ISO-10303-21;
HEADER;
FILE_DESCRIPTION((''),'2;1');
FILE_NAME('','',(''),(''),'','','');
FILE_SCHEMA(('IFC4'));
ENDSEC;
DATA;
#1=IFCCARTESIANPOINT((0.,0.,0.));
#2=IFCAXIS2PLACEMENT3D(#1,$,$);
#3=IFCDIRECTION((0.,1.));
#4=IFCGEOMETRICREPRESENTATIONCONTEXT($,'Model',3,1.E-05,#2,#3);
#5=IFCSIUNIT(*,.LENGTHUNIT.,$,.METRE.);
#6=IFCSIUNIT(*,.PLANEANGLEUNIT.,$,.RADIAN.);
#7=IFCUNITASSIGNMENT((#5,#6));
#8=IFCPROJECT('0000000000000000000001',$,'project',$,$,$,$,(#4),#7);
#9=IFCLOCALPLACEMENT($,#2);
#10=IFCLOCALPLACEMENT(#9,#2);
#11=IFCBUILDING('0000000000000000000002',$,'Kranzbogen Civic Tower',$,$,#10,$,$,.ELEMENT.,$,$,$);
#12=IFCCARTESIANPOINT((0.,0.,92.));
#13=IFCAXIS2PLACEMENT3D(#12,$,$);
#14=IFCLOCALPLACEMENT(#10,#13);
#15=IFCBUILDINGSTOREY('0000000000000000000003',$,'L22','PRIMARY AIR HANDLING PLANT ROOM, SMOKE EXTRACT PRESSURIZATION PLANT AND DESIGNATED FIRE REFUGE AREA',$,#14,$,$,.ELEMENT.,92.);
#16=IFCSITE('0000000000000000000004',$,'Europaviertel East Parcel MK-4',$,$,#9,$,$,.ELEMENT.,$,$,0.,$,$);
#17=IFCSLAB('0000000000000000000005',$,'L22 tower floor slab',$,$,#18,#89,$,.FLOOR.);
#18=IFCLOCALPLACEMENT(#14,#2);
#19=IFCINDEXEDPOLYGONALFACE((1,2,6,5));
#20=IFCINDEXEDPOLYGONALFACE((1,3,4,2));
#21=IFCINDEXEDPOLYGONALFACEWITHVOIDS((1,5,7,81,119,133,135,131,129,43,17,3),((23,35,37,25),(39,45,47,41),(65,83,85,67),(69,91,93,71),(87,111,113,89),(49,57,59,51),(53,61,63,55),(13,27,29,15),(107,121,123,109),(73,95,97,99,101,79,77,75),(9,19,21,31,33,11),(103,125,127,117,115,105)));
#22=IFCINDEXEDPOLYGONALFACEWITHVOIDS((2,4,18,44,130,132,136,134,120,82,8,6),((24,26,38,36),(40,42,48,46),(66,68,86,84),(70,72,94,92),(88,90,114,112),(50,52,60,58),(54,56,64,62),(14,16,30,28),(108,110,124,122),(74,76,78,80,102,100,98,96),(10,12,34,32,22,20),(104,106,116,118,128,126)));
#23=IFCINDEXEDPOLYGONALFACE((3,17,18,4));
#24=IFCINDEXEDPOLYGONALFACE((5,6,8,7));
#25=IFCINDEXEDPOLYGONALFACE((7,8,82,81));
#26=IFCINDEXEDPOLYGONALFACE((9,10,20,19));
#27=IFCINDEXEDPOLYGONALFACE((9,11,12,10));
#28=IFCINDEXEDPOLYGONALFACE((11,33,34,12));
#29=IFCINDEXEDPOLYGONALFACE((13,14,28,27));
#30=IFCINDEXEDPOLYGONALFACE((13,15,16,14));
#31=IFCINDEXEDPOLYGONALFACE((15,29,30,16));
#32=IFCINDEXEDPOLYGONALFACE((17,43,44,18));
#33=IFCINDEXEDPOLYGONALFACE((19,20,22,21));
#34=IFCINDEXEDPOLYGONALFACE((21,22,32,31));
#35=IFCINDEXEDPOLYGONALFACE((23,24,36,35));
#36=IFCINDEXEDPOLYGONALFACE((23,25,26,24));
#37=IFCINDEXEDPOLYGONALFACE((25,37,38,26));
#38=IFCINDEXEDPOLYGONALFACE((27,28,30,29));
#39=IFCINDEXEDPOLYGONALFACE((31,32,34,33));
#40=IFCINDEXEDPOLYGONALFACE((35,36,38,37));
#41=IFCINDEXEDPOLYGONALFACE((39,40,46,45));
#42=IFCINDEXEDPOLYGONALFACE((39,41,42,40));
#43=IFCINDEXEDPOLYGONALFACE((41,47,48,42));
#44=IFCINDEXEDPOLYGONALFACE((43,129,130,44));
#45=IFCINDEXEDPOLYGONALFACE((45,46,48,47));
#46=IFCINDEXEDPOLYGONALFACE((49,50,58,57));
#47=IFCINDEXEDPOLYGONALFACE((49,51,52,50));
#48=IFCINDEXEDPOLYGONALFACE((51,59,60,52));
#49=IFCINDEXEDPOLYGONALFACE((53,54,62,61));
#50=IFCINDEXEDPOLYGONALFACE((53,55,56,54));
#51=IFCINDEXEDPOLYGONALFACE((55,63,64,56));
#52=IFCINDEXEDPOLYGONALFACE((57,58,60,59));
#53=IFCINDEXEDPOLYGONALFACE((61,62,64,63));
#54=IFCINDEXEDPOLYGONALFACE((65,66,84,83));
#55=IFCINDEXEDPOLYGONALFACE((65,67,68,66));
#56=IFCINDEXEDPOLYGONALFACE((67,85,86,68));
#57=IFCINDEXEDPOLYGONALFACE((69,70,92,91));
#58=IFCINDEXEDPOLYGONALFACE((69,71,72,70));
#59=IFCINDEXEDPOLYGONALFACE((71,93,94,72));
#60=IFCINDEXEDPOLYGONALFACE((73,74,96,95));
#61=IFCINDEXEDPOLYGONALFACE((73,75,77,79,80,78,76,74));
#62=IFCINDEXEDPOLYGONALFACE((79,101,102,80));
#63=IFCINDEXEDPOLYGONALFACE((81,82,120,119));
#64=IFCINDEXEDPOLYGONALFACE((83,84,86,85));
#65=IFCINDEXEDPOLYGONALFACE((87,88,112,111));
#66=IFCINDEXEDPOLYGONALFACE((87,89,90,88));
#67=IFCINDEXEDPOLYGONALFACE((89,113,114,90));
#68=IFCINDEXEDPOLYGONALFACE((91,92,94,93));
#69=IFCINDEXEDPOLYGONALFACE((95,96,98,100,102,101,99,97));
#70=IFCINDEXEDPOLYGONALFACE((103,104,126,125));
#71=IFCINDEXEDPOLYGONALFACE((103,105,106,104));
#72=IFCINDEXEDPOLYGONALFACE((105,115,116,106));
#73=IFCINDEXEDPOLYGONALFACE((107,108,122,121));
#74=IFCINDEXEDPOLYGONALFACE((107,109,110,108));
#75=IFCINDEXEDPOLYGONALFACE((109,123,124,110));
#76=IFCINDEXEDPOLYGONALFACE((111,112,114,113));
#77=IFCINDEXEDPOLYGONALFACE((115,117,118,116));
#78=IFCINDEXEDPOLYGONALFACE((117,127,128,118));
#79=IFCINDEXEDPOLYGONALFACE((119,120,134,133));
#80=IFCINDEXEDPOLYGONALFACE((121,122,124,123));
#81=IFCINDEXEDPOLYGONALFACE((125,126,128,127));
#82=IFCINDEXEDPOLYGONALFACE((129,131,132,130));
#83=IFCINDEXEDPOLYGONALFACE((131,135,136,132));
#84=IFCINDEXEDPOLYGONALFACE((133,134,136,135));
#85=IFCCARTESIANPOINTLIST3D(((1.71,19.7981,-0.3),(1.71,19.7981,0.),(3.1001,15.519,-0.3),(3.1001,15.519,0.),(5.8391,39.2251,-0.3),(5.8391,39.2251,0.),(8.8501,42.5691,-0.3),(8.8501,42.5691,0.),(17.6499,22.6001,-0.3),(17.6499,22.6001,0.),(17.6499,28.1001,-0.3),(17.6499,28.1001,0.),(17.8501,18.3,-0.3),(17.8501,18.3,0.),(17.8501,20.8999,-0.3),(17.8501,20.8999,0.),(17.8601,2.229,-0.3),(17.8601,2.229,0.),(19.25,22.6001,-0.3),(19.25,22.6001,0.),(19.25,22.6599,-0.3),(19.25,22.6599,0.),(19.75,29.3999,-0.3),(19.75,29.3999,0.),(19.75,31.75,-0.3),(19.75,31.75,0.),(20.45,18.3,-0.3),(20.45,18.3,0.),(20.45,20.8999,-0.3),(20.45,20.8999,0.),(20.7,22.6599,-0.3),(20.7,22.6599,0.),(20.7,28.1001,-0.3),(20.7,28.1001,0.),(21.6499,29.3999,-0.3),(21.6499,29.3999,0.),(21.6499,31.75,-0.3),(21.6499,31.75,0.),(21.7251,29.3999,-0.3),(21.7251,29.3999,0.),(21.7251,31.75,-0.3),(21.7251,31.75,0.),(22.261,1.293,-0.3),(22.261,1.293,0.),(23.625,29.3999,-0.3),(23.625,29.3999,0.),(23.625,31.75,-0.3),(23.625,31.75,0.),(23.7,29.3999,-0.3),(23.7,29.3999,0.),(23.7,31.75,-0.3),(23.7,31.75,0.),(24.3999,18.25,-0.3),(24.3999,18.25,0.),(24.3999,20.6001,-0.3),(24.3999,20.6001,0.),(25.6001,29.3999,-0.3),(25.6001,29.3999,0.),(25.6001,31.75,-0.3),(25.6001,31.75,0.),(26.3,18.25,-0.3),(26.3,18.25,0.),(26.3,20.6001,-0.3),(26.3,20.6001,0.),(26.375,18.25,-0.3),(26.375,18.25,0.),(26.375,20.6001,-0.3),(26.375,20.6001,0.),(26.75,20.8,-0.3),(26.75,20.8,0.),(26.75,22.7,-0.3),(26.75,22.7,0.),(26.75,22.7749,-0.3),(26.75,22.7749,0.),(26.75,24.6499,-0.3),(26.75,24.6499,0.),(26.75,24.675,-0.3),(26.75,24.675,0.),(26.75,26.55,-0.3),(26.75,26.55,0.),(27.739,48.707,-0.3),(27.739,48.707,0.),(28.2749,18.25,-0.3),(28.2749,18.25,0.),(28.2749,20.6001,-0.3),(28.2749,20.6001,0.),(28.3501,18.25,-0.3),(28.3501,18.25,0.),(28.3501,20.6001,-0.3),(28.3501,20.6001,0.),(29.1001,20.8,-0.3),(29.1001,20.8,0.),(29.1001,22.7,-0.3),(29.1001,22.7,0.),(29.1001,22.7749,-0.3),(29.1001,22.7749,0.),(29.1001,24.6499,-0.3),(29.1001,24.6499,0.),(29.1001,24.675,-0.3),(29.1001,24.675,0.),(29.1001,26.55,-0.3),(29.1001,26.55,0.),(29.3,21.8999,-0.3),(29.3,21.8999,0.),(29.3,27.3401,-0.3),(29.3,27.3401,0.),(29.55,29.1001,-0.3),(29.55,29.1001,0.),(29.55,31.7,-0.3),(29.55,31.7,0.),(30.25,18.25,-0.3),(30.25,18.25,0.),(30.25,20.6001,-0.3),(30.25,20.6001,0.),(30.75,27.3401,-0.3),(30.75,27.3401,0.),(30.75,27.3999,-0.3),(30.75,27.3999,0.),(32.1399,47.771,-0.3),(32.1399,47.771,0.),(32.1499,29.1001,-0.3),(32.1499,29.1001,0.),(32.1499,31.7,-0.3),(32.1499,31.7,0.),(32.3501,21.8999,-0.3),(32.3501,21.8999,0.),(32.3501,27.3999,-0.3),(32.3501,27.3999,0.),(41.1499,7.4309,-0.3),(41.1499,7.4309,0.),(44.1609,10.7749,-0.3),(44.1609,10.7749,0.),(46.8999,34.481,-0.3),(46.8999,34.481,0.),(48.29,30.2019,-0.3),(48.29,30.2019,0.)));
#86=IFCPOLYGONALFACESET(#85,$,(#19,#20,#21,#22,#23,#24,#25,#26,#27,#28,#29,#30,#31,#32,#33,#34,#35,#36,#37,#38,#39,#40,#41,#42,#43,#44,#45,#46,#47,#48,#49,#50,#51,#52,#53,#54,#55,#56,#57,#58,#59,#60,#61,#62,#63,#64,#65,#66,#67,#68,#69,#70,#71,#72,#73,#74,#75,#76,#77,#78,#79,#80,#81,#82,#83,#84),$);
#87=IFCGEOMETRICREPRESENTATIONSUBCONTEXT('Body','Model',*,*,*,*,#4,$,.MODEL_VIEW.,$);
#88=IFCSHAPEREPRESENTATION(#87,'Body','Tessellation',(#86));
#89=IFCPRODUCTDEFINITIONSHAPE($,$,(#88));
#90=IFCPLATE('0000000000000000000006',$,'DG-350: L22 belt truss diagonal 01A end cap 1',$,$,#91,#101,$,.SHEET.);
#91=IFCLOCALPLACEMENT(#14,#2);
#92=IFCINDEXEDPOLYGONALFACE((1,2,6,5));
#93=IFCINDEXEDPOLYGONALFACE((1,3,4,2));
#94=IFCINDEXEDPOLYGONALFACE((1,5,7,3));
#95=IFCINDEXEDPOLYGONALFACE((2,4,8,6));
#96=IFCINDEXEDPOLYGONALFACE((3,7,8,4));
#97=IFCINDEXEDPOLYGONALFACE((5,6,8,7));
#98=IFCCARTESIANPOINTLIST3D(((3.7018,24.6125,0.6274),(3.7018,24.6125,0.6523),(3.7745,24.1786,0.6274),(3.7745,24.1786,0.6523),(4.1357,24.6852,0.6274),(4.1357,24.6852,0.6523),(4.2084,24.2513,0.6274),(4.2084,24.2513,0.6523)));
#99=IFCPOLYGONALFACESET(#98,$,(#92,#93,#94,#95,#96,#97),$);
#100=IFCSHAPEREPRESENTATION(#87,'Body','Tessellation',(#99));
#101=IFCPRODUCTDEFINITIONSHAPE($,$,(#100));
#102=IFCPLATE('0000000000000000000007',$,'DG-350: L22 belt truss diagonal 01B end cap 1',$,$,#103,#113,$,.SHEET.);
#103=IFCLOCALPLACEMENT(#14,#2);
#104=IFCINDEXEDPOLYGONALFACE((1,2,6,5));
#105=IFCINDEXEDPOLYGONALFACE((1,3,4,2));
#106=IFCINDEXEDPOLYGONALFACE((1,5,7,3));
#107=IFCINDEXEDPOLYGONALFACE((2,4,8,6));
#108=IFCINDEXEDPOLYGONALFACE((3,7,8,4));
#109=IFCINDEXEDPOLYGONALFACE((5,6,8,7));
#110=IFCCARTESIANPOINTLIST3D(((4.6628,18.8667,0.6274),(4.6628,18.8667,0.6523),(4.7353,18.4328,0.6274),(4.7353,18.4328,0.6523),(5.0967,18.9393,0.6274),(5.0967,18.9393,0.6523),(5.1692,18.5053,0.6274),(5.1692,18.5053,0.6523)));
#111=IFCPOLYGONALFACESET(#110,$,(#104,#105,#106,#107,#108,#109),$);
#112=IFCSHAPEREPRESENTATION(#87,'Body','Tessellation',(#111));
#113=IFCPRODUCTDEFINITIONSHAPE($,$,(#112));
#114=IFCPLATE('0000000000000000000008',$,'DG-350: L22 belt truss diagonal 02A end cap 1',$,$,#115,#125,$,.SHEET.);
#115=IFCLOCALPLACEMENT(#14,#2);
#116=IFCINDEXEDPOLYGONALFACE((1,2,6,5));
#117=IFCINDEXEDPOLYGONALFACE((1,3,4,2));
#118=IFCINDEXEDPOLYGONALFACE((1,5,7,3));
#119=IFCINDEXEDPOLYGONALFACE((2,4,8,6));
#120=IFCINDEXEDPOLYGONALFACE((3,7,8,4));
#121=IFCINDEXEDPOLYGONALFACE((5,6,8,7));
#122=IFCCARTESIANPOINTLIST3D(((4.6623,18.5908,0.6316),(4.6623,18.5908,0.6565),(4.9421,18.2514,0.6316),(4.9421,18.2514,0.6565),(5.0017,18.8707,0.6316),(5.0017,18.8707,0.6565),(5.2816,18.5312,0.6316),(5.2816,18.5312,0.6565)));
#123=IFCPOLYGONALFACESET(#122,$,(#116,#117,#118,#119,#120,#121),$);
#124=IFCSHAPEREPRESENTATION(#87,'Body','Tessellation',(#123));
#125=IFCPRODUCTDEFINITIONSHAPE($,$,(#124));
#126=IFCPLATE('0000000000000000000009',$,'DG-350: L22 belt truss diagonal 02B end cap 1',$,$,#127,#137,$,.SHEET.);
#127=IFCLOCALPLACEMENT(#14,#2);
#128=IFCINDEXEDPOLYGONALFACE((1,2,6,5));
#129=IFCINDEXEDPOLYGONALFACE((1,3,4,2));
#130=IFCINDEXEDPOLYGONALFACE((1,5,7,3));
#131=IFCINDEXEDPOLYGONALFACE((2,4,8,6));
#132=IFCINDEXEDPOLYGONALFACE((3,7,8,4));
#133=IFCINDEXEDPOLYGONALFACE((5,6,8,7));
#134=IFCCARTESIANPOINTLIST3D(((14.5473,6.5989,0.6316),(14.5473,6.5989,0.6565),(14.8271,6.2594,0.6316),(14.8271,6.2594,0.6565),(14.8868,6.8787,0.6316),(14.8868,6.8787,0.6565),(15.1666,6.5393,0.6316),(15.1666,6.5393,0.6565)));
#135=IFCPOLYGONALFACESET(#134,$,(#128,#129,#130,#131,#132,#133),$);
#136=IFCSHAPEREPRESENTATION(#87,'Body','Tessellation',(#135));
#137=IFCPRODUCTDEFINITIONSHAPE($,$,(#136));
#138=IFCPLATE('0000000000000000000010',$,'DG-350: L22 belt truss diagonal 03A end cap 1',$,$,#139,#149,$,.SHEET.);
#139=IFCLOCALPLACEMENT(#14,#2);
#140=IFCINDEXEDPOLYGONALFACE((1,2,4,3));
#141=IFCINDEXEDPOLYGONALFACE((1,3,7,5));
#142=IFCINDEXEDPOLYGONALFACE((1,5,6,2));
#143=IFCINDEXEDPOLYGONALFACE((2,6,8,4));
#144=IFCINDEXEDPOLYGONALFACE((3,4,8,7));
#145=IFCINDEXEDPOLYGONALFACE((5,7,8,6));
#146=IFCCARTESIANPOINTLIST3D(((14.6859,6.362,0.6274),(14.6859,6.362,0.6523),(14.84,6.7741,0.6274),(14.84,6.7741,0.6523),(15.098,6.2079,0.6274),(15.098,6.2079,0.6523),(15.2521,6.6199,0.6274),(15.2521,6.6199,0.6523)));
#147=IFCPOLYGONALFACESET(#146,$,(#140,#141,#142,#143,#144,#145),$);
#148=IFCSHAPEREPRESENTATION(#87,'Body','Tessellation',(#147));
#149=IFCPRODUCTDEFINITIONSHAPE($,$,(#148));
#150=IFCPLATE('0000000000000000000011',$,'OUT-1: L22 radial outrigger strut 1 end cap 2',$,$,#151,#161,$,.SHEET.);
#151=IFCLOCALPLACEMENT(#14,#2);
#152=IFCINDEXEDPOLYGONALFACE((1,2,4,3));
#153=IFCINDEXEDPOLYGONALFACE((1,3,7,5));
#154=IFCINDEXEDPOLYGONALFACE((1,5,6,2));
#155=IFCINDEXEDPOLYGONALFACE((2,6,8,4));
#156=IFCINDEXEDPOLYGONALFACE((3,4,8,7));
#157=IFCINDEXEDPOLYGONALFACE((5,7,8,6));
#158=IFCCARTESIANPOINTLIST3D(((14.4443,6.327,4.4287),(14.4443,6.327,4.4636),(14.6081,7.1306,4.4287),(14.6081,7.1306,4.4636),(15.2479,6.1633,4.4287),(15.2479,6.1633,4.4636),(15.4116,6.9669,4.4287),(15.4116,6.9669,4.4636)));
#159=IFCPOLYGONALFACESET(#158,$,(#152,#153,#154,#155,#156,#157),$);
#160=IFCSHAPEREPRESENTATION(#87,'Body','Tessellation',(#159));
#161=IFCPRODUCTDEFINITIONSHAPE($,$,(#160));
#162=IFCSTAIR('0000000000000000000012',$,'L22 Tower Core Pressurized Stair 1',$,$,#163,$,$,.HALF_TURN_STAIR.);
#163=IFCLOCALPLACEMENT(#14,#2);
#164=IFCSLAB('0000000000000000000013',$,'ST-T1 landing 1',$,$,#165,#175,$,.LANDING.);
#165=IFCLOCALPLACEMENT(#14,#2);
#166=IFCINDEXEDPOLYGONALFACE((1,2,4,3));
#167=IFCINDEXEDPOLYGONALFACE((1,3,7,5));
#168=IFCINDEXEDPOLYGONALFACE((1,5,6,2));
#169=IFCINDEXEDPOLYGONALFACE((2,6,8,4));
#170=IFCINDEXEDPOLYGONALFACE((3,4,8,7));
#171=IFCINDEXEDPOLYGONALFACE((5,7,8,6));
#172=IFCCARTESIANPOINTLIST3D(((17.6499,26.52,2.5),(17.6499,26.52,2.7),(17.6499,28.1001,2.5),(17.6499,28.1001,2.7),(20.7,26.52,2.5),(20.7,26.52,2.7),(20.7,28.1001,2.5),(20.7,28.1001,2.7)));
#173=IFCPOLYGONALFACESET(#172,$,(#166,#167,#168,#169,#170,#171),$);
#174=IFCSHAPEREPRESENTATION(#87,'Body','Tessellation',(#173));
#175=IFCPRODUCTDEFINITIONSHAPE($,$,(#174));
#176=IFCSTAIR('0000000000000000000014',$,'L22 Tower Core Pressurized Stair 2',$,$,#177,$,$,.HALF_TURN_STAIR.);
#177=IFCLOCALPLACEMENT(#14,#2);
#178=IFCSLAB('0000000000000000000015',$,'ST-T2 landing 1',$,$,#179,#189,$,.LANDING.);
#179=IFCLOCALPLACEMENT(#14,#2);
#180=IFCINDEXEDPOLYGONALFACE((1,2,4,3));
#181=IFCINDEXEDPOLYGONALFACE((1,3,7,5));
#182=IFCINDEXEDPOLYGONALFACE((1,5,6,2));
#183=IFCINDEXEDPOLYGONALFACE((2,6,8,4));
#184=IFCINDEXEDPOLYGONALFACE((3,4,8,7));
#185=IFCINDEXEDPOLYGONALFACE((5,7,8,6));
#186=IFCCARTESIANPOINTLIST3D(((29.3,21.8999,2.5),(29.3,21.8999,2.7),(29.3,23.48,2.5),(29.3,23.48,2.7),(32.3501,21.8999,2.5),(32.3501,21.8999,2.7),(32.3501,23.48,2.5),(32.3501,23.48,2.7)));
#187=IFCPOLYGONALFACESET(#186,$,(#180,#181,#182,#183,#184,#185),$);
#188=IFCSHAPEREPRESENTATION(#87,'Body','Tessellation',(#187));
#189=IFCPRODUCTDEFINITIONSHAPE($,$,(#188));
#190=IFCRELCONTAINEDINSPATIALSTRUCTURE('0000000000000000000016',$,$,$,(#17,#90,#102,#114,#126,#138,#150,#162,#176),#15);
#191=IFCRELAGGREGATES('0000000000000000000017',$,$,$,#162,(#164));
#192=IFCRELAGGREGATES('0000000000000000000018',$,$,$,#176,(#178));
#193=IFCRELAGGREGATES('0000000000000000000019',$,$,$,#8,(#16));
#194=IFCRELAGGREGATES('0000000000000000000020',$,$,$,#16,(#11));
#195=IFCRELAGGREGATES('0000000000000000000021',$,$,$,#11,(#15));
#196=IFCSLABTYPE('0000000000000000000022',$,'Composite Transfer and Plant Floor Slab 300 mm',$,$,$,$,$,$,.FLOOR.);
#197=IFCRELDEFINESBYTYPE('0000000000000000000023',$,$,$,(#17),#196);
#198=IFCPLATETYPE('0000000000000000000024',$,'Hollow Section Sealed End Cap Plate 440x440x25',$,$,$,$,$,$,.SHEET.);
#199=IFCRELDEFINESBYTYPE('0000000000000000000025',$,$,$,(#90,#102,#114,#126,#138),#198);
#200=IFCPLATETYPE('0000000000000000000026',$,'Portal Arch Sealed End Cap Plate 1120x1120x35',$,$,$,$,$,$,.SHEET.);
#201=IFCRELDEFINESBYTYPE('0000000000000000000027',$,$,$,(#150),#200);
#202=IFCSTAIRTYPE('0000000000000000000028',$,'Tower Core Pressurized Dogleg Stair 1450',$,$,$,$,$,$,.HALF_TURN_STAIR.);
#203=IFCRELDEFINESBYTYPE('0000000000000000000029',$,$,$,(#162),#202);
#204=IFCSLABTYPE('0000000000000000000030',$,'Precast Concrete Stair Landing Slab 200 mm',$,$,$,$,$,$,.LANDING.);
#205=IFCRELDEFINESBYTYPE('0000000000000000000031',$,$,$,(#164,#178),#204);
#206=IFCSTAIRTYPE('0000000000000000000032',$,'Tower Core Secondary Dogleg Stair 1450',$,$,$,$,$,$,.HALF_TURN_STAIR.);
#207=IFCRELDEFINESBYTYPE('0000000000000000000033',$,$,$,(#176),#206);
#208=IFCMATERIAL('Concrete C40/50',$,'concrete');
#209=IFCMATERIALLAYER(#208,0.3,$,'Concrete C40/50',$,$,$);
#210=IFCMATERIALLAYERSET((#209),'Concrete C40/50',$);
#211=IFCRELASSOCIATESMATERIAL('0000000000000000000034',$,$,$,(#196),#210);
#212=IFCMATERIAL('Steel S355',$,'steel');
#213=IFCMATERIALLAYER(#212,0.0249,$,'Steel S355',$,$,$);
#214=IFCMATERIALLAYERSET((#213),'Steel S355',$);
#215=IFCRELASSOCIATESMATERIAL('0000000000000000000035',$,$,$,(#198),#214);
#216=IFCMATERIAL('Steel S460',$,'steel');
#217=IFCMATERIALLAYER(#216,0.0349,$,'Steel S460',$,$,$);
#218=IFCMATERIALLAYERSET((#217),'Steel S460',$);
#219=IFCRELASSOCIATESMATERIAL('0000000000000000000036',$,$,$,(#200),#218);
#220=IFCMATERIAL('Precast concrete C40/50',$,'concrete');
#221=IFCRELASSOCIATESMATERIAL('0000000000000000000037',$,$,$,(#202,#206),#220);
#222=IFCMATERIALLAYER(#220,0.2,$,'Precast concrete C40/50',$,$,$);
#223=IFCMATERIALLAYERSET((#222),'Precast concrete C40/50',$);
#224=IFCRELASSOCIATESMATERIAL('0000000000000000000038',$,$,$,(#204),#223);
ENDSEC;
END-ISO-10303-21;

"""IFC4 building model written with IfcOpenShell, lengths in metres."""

from ifc_helpers import new_model, si_unit, direction, frame, origin, origin_2d, place, context, subcontext, project, spatial, polyline, rectangle, outline, extrude, material, layer, layer_set, type_object, element, aggregate, save


model = new_model("IFC4")

# Units and contexts
model_context = context("Model", 3, precision=1e-05, world=origin(), true_north=direction((0.0, 1.0)))
body_context = subcontext(model_context, "Body", "Model", "MODEL_VIEW")
ifc_project = project(units=[si_unit("LENGTHUNIT", "METRE"), si_unit("PLANEANGLEUNIT", "RADIAN")], contexts=[model_context])

# Site, building, storey
site_placement = place(None, origin())
site = spatial("IfcSite", under=ifc_project, at=site_placement, Name="Europaviertel East Parcel MK-4", CompositionType="ELEMENT", RefElevation=0.0)
building_placement = place(site_placement, origin())
building = spatial("IfcBuilding", under=site, at=building_placement, Name="Kranzbogen Civic Tower", CompositionType="ELEMENT")
storey_placement = place(building_placement, frame((0.0, 0.0, 92.0)))
storey = spatial("IfcBuildingStorey", under=building, at=storey_placement, Name="L22", Description="PRIMARY AIR HANDLING PLANT ROOM, SMOKE EXTRACT PRESSURIZATION PLANT AND DESIGNATED FIRE REFUGE AREA", CompositionType="ELEMENT", Elevation=92.0)

# Shared definitions
ifc_material_1 = material(Name="Steel S355", Category="steel")

# Shared definitions
ifc_material_2 = material(Name="Steel S460", Category="steel")

# Slab
ifc_material_3 = material(Name="Concrete C40/50", Category="concrete")
ifc_layer_1 = layer(ifc_material_3, 0.3, Name="Concrete C40/50")
ifc_layer_set_1 = layer_set([ifc_layer_1], Name="Concrete C40/50")
slab_type_1 = type_object("IfcSlabType", Name="Composite Transfer and Plant Floor Slab 300 mm", PredefinedType="FLOOR", material=ifc_layer_set_1)
slab_1_placement = place(storey_placement, frame((0.0, 0.0, -0.3)))
element("IfcSlab", 1, at=slab_1_placement, inside=storey, type_object=slab_type_1, Name="L22 tower floor slab", PredefinedType="FLOOR", context=body_context, shape_type="SweptSolid", body=[
    extrude(outline(polyline([(46.8999, 34.481), (32.1399, 47.771), (27.739, 48.707), (8.8501, 42.5691), (5.8391, 39.2251), (1.71, 19.7981), (3.1001, 15.519), (17.8601, 2.229), (22.261, 1.293), (41.1499, 7.4309), (44.1609, 10.7749), (48.29, 30.2019), (46.8999, 34.481)]), holes=[polyline([(26.3, 20.6001), (26.3, 18.25), (24.3999, 18.25), (24.3999, 20.6001), (26.3, 20.6001)]), polyline([(28.2749, 18.25), (26.375, 18.25), (26.375, 20.6001), (28.2749, 20.6001), (28.2749, 18.25)]), polyline([(20.45, 18.3), (17.8501, 18.3), (17.8501, 20.8999), (20.45, 20.8999), (20.45, 18.3)]), polyline([(20.7, 22.6599), (19.25, 22.6599), (19.25, 22.6001), (17.6499, 22.6001), (17.6499, 28.1001), (20.7, 28.1001), (20.7, 22.6599)]), polyline([(21.6499, 29.3999), (19.75, 29.3999), (19.75, 31.75), (21.6499, 31.75), (21.6499, 29.3999)]), polyline([(23.625, 29.3999), (21.7251, 29.3999), (21.7251, 31.75), (23.625, 31.75), (23.625, 29.3999)]), polyline([(25.6001, 31.75), (25.6001, 29.3999), (23.7, 29.3999), (23.7, 31.75), (25.6001, 31.75)]), polyline([(30.25, 18.25), (28.3501, 18.25), (28.3501, 20.6001), (30.25, 20.6001), (30.25, 18.25)]), polyline([(29.1001, 20.8), (26.75, 20.8), (26.75, 22.7), (29.1001, 22.7), (29.1001, 20.8)]), polyline([(26.75, 26.55), (29.1001, 26.55), (29.1001, 24.675), (29.1001, 24.6499), (29.1001, 22.7749), (26.75, 22.7749), (26.75, 24.6499), (26.75, 24.675), (26.75, 26.55)]), polyline([(30.75, 27.3401), (30.75, 27.3999), (32.3501, 27.3999), (32.3501, 21.8999), (29.3, 21.8999), (29.3, 27.3401), (30.75, 27.3401)]), polyline([(32.1499, 29.1001), (29.55, 29.1001), (29.55, 31.7), (32.1499, 31.7), (32.1499, 29.1001)])]), origin(), (0.0, 0.0, 1.0), 0.3),
])

# Plates
ifc_layer_2 = layer(ifc_material_1, 0.0249, Name="Steel S355")
ifc_layer_set_2 = layer_set([ifc_layer_2], Name="Steel S355")
plate_type_1 = type_object("IfcPlateType", Name="Hollow Section Sealed End Cap Plate 440x440x25", PredefinedType="SHEET", material=ifc_layer_set_2)
for number, where, z_axis, x_axis, name in (
    (2, (3.9551, 24.4319, 0.6274), (0.0, 0.0, 1.0), (0.165185, -0.986263, 0.0), "DG-350: L22 belt truss diagonal 01A end cap 1"),
    (3, (4.916, 18.686, 0.6274), (0.0, 0.0, 1.0), (-0.164841, 0.98632, 0.0), "DG-350: L22 belt truss diagonal 01B end cap 1"),
    (4, (4.9719, 18.561, 0.6316), (0.0, 0.0, 1.0), (0.636132, -0.77158, 0.0), "DG-350: L22 belt truss diagonal 02A end cap 1"),
    (5, (14.8569, 6.5691, 0.6316), (0.0, 0.0, 1.0), (-0.636051, 0.771647, 0.0), "DG-350: L22 belt truss diagonal 02B end cap 1"),
    (6, (14.969, 6.491, 0.6274), (0.0, 0.0, 1.0), (0.936642, -0.350289, 0.0), "DG-350: L22 belt truss diagonal 03A end cap 1"),
):
    element("IfcPlate", number, at=place(storey_placement, frame(where, z_axis=z_axis, x_axis=x_axis)), inside=storey, type_object=plate_type_1, Name=name, PredefinedType="SHEET", context=body_context, shape_type="SweptSolid", body=[
        extrude(rectangle(XDim=0.4399, YDim=0.4399, at=origin_2d()), origin(), (0.0, 0.0, 1.0), 0.0249),
    ])
ifc_layer_3 = layer(ifc_material_2, 0.0349, Name="Steel S460")
ifc_layer_set_3 = layer_set([ifc_layer_3], Name="Steel S460")
plate_type_2 = type_object("IfcPlateType", Name="Portal Arch Sealed End Cap Plate 1120x1120x35", PredefinedType="SHEET", material=ifc_layer_set_3)
plate_placement = place(storey_placement, frame((14.928, 6.647, 4.4287), z_axis=(0.0, 0.0, 1.0), x_axis=(-0.199624, -0.979872, 0.0)))
element("IfcPlate", 7, at=plate_placement, inside=storey, type_object=plate_type_2, Name="OUT-1: L22 radial outrigger strut 1 end cap 2", PredefinedType="SHEET", context=body_context, shape_type="SweptSolid", body=[
    extrude(rectangle(XDim=0.8201, YDim=0.8201, at=origin_2d()), origin(), (0.0, 0.0, 1.0), 0.0349),
])

# Stairs, slabs
ifc_material_4 = material(Name="Precast concrete C40/50", Category="concrete")
stair_type_1 = type_object("IfcStairType", Name="Tower Core Pressurized Dogleg Stair 1450", PredefinedType="HALF_TURN_STAIR", material=ifc_material_4)
stair_1_placement = place(storey_placement, origin())
stair_1 = element("IfcStair", 8, at=stair_1_placement, inside=storey, type_object=stair_type_1, Name="L22 Tower Core Pressurized Stair 1", PredefinedType="HALF_TURN_STAIR")
ifc_layer_4 = layer(ifc_material_4, 0.2, Name="Precast concrete C40/50")
ifc_layer_set_4 = layer_set([ifc_layer_4], Name="Precast concrete C40/50")
slab_type_2 = type_object("IfcSlabType", Name="Precast Concrete Stair Landing Slab 200 mm", PredefinedType="LANDING", material=ifc_layer_set_4)
slab_2_placement = place(storey_placement, frame((0.0, 0.0, 2.5)))
slab_2 = element("IfcSlab", 9, at=slab_2_placement, type_object=slab_type_2, Name="ST-T1 landing 1", PredefinedType="LANDING", context=body_context, shape_type="SweptSolid", body=[
    extrude(outline(polyline([(20.7, 26.52), (20.7, 28.1001), (17.6499, 28.1001), (17.6499, 26.52), (20.7, 26.52)])), origin(), (0.0, 0.0, 1.0), 0.2),
])
aggregate(stair_1, [slab_2])
stair_type_2 = type_object("IfcStairType", Name="Tower Core Secondary Dogleg Stair 1450", PredefinedType="HALF_TURN_STAIR", material=ifc_material_4)
stair_2_placement = place(storey_placement, origin())
stair_2 = element("IfcStair", 10, at=stair_2_placement, inside=storey, type_object=stair_type_2, Name="L22 Tower Core Pressurized Stair 2", PredefinedType="HALF_TURN_STAIR")
slab_3_placement = place(storey_placement, frame((0.0, 0.0, 2.5)))
slab_3 = element("IfcSlab", 11, at=slab_3_placement, type_object=slab_type_2, Name="ST-T2 landing 1", PredefinedType="LANDING", context=body_context, shape_type="SweptSolid", body=[
    extrude(outline(polyline([(29.3, 23.48), (29.3, 21.8999), (32.3501, 21.8999), (32.3501, 23.48), (29.3, 23.48)])), origin(), (0.0, 0.0, 1.0), 0.2),
])
aggregate(stair_2, [slab_3])

save(model, "model.ifc")
